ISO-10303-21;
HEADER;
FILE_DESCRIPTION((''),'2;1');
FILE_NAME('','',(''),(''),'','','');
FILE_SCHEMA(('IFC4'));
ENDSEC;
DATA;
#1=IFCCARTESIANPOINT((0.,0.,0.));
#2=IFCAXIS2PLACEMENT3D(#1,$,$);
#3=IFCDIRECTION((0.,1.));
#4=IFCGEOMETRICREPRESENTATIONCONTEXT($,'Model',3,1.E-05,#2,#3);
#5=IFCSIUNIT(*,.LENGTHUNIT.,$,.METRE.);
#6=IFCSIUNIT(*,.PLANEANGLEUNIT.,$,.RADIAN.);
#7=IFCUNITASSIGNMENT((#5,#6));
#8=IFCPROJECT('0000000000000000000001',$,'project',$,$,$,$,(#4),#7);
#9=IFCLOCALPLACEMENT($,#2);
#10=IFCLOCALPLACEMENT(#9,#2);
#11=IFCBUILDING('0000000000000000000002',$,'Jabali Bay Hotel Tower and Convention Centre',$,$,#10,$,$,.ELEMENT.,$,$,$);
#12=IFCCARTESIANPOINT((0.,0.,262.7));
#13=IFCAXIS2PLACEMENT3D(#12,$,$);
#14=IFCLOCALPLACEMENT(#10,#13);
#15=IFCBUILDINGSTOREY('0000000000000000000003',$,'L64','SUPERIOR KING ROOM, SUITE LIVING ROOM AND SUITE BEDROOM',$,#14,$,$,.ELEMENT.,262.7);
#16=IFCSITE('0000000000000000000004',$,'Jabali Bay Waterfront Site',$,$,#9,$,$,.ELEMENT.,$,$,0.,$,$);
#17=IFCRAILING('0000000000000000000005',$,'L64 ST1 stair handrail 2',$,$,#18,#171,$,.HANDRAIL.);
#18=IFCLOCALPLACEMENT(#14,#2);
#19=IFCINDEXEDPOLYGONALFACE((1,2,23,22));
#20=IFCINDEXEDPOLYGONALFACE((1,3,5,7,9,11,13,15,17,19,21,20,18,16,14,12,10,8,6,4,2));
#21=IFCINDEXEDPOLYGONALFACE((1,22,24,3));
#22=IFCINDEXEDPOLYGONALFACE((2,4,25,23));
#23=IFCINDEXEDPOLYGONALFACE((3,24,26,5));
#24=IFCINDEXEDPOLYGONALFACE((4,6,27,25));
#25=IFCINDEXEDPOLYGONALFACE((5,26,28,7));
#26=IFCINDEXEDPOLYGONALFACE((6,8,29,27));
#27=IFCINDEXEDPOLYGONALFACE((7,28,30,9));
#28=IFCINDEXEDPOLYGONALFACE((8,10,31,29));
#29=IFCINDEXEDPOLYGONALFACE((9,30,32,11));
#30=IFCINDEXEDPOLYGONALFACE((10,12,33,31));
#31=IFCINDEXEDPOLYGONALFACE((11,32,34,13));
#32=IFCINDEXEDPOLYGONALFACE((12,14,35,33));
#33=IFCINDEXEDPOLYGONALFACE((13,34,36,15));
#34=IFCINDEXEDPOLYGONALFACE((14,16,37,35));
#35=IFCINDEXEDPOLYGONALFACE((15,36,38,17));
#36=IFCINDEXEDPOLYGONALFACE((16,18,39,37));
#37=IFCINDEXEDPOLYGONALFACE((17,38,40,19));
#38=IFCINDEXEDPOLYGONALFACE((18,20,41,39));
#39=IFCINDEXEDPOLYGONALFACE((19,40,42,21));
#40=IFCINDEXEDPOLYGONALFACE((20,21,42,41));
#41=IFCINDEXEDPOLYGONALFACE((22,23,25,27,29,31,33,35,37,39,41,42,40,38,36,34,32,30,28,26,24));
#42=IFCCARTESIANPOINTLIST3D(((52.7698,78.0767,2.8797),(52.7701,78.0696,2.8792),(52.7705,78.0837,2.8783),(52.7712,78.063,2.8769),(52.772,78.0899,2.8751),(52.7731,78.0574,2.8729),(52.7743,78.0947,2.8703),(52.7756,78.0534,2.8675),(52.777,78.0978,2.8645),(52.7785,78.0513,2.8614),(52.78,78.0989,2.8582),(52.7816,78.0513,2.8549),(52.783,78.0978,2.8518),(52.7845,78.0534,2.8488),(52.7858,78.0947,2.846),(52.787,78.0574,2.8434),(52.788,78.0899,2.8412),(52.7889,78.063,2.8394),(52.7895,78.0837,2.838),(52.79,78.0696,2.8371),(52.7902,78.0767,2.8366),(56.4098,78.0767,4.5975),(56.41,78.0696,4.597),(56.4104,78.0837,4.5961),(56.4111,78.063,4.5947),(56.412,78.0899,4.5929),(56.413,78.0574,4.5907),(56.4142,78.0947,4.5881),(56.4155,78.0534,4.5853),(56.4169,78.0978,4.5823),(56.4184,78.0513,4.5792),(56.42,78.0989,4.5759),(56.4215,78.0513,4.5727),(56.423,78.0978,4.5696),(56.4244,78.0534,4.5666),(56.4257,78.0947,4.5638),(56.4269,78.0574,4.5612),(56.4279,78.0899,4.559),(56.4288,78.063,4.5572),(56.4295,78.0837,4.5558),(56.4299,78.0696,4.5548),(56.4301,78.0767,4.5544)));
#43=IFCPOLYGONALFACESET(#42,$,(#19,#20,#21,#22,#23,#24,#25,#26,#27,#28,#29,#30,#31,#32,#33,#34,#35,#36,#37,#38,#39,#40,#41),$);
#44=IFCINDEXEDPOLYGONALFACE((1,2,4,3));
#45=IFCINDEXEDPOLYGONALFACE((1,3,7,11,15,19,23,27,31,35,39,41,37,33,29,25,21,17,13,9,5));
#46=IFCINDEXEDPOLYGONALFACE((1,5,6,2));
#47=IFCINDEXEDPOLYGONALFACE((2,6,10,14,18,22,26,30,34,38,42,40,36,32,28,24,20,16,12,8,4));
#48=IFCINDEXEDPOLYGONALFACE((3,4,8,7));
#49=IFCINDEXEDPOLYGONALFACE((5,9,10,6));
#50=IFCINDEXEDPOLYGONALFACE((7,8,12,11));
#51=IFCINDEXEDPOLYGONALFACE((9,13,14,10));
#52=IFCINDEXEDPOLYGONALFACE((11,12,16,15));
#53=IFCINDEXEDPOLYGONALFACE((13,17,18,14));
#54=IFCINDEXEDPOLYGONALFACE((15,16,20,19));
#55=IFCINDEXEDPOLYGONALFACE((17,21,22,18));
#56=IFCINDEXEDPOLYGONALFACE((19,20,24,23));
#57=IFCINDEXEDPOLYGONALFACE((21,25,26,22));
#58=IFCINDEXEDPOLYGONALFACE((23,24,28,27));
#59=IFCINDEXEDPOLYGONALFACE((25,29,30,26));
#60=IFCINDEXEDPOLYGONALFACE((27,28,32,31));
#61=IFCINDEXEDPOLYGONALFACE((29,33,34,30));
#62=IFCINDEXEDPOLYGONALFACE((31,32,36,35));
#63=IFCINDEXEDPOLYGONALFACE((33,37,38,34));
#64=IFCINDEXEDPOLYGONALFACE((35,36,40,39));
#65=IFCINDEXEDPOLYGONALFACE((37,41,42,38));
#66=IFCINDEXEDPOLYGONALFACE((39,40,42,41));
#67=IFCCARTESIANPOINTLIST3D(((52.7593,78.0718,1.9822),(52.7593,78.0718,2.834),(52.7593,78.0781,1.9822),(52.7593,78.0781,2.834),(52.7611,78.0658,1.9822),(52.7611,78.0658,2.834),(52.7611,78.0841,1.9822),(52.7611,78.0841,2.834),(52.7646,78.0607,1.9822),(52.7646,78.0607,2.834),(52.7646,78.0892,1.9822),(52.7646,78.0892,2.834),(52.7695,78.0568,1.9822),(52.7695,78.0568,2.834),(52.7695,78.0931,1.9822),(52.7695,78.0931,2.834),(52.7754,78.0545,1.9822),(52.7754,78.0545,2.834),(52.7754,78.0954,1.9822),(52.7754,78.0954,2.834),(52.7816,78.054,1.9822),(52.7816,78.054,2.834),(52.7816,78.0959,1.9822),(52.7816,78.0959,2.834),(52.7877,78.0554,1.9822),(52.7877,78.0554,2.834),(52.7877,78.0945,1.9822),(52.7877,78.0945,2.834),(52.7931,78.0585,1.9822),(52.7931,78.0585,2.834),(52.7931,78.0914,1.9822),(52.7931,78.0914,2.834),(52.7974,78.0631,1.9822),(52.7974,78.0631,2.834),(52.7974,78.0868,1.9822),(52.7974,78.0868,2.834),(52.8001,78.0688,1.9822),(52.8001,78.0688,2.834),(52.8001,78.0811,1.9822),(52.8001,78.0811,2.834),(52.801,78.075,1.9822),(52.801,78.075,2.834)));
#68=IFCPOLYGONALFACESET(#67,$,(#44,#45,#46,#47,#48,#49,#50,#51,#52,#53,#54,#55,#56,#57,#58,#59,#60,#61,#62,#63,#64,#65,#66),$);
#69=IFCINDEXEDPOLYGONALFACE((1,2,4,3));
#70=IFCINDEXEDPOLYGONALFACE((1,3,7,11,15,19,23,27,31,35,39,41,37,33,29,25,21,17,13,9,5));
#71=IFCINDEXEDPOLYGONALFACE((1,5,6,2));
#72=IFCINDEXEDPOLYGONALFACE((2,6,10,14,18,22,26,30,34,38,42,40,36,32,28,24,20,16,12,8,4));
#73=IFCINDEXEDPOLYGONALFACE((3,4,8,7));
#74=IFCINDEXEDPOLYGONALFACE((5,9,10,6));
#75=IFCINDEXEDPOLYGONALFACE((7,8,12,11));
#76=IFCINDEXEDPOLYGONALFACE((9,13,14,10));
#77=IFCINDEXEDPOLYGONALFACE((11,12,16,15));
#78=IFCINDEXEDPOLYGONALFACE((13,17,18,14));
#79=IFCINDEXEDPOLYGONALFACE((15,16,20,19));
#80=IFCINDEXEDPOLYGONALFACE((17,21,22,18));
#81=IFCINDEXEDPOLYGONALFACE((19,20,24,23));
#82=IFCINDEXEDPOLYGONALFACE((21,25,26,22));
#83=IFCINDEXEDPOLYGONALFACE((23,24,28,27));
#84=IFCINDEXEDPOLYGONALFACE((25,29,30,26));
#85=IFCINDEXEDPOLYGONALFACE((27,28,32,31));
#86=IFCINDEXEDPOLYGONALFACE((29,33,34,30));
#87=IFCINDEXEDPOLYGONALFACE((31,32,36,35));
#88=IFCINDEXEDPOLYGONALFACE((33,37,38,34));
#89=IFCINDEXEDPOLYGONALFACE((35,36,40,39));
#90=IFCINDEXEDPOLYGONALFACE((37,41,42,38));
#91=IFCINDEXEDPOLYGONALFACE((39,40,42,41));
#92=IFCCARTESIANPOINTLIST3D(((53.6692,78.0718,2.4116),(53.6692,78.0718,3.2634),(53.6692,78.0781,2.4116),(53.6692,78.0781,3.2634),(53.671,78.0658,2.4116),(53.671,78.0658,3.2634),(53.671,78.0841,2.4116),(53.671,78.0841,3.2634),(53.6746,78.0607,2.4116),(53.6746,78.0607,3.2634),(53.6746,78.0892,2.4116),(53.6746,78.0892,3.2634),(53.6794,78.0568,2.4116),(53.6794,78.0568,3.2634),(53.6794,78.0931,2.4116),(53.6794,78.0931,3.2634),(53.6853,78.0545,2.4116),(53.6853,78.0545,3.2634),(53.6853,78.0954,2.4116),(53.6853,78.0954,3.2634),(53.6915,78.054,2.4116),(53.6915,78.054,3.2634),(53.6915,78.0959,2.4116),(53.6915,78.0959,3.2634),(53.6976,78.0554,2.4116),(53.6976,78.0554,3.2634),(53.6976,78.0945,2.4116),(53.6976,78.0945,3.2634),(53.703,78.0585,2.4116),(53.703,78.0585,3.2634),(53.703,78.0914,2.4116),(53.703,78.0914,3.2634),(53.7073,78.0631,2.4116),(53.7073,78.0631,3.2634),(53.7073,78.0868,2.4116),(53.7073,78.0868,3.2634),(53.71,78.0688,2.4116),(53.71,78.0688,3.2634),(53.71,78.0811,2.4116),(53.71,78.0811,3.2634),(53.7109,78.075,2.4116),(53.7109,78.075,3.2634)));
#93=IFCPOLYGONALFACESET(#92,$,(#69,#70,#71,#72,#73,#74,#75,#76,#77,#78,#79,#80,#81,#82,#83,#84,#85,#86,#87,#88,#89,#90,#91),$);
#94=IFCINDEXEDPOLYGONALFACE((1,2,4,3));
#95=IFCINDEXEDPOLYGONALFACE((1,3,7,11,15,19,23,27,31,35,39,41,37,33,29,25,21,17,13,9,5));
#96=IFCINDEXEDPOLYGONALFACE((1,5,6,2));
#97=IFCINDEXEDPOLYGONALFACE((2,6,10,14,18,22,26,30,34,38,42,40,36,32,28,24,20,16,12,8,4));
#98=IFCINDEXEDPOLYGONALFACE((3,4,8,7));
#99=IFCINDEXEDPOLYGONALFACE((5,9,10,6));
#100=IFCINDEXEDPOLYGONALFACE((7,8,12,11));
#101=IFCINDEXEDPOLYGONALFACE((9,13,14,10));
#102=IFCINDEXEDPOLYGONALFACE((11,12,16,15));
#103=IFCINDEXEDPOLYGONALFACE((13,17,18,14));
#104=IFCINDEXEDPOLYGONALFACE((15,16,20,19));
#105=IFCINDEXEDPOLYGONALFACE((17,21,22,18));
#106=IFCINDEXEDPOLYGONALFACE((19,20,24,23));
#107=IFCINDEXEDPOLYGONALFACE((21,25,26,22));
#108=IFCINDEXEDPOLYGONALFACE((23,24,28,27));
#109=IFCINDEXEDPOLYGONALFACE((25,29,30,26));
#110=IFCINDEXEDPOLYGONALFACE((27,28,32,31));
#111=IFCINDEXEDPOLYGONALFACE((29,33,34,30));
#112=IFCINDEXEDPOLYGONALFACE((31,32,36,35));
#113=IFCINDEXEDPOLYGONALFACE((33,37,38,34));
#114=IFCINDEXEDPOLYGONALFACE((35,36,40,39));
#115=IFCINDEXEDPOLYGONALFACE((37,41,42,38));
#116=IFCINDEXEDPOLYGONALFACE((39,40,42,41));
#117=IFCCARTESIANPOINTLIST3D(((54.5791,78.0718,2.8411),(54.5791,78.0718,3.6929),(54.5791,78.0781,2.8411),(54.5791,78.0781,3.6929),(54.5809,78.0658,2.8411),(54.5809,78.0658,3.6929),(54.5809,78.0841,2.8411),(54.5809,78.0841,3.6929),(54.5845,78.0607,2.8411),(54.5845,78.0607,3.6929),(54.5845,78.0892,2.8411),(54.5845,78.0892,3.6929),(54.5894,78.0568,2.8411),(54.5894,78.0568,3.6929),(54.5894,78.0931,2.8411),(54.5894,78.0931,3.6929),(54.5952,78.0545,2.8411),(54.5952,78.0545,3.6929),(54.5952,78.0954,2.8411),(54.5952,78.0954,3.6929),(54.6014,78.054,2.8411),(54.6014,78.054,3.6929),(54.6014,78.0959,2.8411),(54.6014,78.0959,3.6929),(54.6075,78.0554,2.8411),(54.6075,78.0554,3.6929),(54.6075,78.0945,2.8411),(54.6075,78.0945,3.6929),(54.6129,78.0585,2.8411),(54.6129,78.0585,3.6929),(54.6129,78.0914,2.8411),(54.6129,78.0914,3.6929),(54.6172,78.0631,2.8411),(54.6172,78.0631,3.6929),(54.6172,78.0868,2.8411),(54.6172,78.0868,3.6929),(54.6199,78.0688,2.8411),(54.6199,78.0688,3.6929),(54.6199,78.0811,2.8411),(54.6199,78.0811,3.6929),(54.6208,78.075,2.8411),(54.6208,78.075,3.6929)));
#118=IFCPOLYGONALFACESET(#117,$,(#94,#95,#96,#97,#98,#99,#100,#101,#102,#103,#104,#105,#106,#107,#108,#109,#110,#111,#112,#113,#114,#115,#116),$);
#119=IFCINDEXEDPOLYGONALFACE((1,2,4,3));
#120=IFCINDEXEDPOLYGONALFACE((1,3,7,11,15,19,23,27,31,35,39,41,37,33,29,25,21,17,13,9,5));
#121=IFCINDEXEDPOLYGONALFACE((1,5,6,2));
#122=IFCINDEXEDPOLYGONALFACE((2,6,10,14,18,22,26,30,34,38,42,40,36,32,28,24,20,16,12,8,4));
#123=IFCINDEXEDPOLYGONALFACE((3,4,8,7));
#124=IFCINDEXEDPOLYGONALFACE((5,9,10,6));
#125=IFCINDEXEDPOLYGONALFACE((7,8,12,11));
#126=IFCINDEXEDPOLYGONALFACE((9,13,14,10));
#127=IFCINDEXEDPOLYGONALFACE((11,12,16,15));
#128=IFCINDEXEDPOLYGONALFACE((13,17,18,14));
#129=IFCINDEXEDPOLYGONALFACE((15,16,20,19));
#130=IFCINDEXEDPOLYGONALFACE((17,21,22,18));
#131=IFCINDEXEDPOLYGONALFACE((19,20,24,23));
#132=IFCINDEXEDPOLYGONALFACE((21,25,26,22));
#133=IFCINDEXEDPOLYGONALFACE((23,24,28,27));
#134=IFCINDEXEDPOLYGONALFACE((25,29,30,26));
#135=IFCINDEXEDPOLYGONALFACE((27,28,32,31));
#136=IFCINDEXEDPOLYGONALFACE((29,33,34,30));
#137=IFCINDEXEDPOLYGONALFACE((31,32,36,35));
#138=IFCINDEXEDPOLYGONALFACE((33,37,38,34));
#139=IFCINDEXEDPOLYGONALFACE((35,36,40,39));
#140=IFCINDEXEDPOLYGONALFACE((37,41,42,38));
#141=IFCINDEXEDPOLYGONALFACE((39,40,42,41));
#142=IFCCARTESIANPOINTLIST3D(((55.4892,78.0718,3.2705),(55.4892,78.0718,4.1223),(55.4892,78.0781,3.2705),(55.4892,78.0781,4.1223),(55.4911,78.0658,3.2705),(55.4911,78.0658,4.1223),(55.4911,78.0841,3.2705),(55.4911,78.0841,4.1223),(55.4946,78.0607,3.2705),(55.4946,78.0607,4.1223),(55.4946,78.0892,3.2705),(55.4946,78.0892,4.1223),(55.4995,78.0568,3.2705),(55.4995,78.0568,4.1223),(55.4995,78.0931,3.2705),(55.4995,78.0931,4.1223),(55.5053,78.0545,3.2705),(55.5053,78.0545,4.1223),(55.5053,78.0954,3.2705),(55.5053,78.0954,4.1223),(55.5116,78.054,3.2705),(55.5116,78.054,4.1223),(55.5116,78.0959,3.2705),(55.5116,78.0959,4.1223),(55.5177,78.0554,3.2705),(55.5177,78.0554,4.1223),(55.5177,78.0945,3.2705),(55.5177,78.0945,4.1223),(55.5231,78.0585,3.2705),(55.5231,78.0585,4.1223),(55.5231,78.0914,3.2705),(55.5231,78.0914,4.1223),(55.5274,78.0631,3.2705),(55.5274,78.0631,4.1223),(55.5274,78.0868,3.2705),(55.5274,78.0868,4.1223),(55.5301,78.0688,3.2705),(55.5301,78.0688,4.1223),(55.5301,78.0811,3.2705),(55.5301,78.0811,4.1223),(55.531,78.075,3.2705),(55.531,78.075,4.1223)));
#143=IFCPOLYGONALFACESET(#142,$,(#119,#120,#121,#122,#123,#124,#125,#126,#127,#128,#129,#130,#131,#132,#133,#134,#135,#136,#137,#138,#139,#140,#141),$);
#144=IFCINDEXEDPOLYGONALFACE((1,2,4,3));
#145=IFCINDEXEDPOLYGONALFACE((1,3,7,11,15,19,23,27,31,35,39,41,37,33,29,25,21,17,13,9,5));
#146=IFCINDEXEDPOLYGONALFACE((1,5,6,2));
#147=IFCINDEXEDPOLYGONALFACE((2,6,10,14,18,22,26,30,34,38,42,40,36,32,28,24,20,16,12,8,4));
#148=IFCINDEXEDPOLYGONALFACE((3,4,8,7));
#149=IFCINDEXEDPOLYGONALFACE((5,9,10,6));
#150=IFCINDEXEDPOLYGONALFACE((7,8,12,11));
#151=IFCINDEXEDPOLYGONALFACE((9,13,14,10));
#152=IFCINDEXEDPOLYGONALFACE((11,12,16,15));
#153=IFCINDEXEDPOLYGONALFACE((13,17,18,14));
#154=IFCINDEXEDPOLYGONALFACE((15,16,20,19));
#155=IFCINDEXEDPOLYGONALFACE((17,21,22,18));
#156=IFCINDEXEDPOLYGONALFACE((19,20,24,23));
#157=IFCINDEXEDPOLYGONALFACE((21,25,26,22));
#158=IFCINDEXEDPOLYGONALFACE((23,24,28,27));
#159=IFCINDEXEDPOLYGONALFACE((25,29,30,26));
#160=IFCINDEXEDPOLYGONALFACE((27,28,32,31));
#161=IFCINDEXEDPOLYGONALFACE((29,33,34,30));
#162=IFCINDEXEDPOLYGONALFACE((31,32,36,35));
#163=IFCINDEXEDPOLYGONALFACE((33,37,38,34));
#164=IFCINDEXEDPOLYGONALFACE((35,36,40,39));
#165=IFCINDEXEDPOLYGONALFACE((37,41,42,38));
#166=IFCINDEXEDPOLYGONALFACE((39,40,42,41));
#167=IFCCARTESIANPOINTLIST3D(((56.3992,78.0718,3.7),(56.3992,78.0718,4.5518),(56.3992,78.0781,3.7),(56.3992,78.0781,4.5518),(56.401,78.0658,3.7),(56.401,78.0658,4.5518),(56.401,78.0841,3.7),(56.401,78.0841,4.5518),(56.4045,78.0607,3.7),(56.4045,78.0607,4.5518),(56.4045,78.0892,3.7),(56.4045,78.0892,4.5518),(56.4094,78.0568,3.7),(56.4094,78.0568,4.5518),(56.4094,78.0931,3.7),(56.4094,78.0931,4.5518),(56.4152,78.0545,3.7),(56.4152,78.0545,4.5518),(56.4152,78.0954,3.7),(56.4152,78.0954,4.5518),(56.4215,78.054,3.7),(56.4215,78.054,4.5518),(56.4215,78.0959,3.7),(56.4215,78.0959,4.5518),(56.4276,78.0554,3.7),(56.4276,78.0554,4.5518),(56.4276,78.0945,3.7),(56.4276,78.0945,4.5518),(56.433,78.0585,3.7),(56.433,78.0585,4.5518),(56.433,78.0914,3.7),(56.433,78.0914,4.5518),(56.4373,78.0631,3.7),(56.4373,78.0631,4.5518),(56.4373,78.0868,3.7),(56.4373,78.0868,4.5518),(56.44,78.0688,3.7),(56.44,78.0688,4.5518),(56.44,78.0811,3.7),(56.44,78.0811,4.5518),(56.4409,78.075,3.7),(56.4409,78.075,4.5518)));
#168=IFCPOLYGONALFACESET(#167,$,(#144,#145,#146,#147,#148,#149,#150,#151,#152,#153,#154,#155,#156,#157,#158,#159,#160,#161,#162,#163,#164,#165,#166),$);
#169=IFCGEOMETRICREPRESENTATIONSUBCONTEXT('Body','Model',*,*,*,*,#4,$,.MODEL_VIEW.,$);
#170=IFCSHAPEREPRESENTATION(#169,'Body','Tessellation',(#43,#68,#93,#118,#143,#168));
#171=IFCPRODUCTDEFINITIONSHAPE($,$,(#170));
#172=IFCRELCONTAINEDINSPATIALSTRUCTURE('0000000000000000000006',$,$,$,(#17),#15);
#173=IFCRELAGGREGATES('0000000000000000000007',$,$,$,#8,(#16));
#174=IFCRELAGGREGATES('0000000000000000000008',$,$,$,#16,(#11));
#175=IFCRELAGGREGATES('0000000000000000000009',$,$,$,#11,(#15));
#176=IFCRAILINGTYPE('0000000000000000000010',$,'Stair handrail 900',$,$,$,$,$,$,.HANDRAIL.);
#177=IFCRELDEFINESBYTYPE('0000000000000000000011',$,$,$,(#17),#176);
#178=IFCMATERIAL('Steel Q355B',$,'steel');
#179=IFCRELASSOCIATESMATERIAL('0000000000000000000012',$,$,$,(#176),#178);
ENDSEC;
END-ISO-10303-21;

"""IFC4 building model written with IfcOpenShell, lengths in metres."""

from ifc_helpers import new_model, si_unit, direction, frame, origin, origin_2d, place, context, subcontext, project, spatial, circle, extrude, material, type_object, element, save


model = new_model("IFC4")

# Units and contexts
model_context = context("Model", 3, precision=1e-05, world=origin(), true_north=direction((0.0, 1.0)))
body_context = subcontext(model_context, "Body", "Model", "MODEL_VIEW")
ifc_project = project(units=[si_unit("LENGTHUNIT", "METRE"), si_unit("PLANEANGLEUNIT", "RADIAN")], contexts=[model_context])

# Site, building, storey
site_placement = place(None, origin())
site = spatial("IfcSite", under=ifc_project, at=site_placement, Name="Jabali Bay Waterfront Site", CompositionType="ELEMENT", RefElevation=0.0)
building_placement = place(site_placement, origin())
building = spatial("IfcBuilding", under=site, at=building_placement, Name="Jabali Bay Hotel Tower and Convention Centre", CompositionType="ELEMENT")
storey_placement = place(building_placement, frame((0.0, 0.0, 262.7)))
storey = spatial("IfcBuildingStorey", under=building, at=storey_placement, Name="L64", Description="SUPERIOR KING ROOM, SUITE LIVING ROOM AND SUITE BEDROOM", CompositionType="ELEMENT", Elevation=262.7)

# Railing
ifc_material_1 = material(Name="Steel Q355B", Category="steel")
railing_type = type_object("IfcRailingType", Name="Stair handrail 900", PredefinedType="HANDRAIL", material=ifc_material_1)
railing_placement = place(storey_placement, frame((52.78, 78.075, 1.9822)))
element("IfcRailing", 1, at=railing_placement, inside=storey, type_object=railing_type, Name="L64 ST1 stair handrail 2", PredefinedType="HANDRAIL", context=body_context, shape_type="SweptSolid", body=[
    extrude(circle(Radius=0.0239, at=origin_2d()), frame((0.0, 0.0, 0.876), z_axis=(0.904351, 0.0, 0.42679), x_axis=(0.0, 1.0, 0.0)), (0.0, 0.0, 1.0), 4.0249),
    extrude(circle(Radius=0.021, at=origin_2d()), origin(), (0.0, 0.0, 1.0), 0.8518),
    extrude(circle(Radius=0.021, at=origin_2d()), frame((0.9099, 0.0, 0.4294)), (0.0, 0.0, 1.0), 0.8518),
    extrude(circle(Radius=0.021, at=origin_2d()), frame((1.8198, 0.0, 0.8589)), (0.0, 0.0, 1.0), 0.8518),
    extrude(circle(Radius=0.021, at=origin_2d()), frame((2.73, 0.0, 1.2883)), (0.0, 0.0, 1.0), 0.8518),
    extrude(circle(Radius=0.021, at=origin_2d()), frame((3.6399, 0.0, 1.7178)), (0.0, 0.0, 1.0), 0.8518),
])

save(model, "model.ifc")
